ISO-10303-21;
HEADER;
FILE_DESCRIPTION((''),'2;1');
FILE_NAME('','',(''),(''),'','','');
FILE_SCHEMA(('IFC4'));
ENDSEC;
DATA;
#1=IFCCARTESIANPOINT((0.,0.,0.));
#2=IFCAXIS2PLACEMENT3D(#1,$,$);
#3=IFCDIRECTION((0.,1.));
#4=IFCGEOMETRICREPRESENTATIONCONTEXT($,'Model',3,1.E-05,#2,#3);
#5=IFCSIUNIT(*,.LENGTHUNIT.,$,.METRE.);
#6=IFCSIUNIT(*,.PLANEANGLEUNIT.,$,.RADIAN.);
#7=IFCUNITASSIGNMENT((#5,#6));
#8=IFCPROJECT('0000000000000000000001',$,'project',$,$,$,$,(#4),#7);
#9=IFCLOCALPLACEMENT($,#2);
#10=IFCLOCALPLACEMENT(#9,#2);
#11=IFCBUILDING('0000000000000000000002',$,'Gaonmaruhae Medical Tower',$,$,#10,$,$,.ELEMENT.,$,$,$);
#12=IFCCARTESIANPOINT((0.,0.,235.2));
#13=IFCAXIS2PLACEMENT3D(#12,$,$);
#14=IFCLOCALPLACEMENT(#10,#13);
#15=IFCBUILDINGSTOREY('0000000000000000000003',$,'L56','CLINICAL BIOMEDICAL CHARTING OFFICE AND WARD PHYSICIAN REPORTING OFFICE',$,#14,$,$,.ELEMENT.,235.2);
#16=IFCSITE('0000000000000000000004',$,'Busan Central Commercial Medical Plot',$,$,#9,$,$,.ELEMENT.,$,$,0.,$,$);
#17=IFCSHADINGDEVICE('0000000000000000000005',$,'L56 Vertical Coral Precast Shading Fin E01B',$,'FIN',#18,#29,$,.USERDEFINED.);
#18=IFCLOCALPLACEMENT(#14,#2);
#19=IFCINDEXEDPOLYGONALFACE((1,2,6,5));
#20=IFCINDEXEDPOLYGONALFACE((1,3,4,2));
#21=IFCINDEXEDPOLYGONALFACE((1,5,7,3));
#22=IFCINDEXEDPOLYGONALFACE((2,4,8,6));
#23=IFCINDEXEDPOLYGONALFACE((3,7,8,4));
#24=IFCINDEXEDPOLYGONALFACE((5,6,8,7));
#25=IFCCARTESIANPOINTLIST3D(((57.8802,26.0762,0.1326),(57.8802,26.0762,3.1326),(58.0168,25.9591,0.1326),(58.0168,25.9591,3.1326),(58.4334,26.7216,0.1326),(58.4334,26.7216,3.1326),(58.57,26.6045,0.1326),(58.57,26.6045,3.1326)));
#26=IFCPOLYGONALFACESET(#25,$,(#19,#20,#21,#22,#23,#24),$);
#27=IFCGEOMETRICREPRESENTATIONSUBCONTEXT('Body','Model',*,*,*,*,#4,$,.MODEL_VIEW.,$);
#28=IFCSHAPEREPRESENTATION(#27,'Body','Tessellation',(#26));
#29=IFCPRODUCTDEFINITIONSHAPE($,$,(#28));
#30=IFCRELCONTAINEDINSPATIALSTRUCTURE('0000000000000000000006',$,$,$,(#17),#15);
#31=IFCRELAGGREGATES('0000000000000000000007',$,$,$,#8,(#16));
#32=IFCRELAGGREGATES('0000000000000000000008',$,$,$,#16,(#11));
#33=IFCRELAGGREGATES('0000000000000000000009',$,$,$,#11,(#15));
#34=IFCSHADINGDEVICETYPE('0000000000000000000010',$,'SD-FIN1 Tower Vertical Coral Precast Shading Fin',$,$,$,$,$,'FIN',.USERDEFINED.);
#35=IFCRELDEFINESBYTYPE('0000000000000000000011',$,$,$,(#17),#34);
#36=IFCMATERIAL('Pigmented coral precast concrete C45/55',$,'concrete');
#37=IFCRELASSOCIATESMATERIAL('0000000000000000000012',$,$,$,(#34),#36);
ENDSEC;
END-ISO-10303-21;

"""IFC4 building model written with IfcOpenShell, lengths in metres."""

from ifc_helpers import new_model, si_unit, direction, frame, origin, origin_2d, place, context, subcontext, project, spatial, rectangle, extrude, material, type_object, element, save


model = new_model("IFC4")

# Units and contexts
model_context = context("Model", 3, precision=1e-05, world=origin(), true_north=direction((0.0, 1.0)))
body_context = subcontext(model_context, "Body", "Model", "MODEL_VIEW")
ifc_project = project(units=[si_unit("LENGTHUNIT", "METRE"), si_unit("PLANEANGLEUNIT", "RADIAN")], contexts=[model_context])

# Site, building, storey
site_placement = place(None, origin())
site = spatial("IfcSite", under=ifc_project, at=site_placement, Name="Busan Central Commercial Medical Plot", CompositionType="ELEMENT", RefElevation=0.0)
building_placement = place(site_placement, origin())
building = spatial("IfcBuilding", under=site, at=building_placement, Name="Gaonmaruhae Medical Tower", CompositionType="ELEMENT")
storey_placement = place(building_placement, frame((0.0, 0.0, 235.2)))
storey = spatial("IfcBuildingStorey", under=building, at=storey_placement, Name="L56", Description="CLINICAL BIOMEDICAL CHARTING OFFICE AND WARD PHYSICIAN REPORTING OFFICE", CompositionType="ELEMENT", Elevation=235.2)

# Shading device
ifc_material_1 = material(Name="Pigmented coral precast concrete C45/55", Category="concrete")
shading_device_type = type_object("IfcShadingDeviceType", Name="SD-FIN1 Tower Vertical Coral Precast Shading Fin", ElementType="FIN", PredefinedType="USERDEFINED", material=ifc_material_1)
for number, where, z_axis, x_axis, name in (
    (1, (58.2251, 26.3403, 0.1326), (0.0, 0.0, 1.0), (0.759271, -0.650774, 0.0), "L56 Vertical Coral Precast Shading Fin E01B"),
):
    element("IfcShadingDevice", number, at=place(storey_placement, frame(where, z_axis=z_axis, x_axis=x_axis)), inside=storey, type_object=shading_device_type, Name=name, ObjectType="FIN", PredefinedType="USERDEFINED", context=body_context, shape_type="SweptSolid", body=[
        extrude(rectangle(XDim=0.1799, YDim=0.8501, at=origin_2d()), origin(), (0.0, 0.0, 1.0), 3.0),
    ])

save(model, "model.ifc")
